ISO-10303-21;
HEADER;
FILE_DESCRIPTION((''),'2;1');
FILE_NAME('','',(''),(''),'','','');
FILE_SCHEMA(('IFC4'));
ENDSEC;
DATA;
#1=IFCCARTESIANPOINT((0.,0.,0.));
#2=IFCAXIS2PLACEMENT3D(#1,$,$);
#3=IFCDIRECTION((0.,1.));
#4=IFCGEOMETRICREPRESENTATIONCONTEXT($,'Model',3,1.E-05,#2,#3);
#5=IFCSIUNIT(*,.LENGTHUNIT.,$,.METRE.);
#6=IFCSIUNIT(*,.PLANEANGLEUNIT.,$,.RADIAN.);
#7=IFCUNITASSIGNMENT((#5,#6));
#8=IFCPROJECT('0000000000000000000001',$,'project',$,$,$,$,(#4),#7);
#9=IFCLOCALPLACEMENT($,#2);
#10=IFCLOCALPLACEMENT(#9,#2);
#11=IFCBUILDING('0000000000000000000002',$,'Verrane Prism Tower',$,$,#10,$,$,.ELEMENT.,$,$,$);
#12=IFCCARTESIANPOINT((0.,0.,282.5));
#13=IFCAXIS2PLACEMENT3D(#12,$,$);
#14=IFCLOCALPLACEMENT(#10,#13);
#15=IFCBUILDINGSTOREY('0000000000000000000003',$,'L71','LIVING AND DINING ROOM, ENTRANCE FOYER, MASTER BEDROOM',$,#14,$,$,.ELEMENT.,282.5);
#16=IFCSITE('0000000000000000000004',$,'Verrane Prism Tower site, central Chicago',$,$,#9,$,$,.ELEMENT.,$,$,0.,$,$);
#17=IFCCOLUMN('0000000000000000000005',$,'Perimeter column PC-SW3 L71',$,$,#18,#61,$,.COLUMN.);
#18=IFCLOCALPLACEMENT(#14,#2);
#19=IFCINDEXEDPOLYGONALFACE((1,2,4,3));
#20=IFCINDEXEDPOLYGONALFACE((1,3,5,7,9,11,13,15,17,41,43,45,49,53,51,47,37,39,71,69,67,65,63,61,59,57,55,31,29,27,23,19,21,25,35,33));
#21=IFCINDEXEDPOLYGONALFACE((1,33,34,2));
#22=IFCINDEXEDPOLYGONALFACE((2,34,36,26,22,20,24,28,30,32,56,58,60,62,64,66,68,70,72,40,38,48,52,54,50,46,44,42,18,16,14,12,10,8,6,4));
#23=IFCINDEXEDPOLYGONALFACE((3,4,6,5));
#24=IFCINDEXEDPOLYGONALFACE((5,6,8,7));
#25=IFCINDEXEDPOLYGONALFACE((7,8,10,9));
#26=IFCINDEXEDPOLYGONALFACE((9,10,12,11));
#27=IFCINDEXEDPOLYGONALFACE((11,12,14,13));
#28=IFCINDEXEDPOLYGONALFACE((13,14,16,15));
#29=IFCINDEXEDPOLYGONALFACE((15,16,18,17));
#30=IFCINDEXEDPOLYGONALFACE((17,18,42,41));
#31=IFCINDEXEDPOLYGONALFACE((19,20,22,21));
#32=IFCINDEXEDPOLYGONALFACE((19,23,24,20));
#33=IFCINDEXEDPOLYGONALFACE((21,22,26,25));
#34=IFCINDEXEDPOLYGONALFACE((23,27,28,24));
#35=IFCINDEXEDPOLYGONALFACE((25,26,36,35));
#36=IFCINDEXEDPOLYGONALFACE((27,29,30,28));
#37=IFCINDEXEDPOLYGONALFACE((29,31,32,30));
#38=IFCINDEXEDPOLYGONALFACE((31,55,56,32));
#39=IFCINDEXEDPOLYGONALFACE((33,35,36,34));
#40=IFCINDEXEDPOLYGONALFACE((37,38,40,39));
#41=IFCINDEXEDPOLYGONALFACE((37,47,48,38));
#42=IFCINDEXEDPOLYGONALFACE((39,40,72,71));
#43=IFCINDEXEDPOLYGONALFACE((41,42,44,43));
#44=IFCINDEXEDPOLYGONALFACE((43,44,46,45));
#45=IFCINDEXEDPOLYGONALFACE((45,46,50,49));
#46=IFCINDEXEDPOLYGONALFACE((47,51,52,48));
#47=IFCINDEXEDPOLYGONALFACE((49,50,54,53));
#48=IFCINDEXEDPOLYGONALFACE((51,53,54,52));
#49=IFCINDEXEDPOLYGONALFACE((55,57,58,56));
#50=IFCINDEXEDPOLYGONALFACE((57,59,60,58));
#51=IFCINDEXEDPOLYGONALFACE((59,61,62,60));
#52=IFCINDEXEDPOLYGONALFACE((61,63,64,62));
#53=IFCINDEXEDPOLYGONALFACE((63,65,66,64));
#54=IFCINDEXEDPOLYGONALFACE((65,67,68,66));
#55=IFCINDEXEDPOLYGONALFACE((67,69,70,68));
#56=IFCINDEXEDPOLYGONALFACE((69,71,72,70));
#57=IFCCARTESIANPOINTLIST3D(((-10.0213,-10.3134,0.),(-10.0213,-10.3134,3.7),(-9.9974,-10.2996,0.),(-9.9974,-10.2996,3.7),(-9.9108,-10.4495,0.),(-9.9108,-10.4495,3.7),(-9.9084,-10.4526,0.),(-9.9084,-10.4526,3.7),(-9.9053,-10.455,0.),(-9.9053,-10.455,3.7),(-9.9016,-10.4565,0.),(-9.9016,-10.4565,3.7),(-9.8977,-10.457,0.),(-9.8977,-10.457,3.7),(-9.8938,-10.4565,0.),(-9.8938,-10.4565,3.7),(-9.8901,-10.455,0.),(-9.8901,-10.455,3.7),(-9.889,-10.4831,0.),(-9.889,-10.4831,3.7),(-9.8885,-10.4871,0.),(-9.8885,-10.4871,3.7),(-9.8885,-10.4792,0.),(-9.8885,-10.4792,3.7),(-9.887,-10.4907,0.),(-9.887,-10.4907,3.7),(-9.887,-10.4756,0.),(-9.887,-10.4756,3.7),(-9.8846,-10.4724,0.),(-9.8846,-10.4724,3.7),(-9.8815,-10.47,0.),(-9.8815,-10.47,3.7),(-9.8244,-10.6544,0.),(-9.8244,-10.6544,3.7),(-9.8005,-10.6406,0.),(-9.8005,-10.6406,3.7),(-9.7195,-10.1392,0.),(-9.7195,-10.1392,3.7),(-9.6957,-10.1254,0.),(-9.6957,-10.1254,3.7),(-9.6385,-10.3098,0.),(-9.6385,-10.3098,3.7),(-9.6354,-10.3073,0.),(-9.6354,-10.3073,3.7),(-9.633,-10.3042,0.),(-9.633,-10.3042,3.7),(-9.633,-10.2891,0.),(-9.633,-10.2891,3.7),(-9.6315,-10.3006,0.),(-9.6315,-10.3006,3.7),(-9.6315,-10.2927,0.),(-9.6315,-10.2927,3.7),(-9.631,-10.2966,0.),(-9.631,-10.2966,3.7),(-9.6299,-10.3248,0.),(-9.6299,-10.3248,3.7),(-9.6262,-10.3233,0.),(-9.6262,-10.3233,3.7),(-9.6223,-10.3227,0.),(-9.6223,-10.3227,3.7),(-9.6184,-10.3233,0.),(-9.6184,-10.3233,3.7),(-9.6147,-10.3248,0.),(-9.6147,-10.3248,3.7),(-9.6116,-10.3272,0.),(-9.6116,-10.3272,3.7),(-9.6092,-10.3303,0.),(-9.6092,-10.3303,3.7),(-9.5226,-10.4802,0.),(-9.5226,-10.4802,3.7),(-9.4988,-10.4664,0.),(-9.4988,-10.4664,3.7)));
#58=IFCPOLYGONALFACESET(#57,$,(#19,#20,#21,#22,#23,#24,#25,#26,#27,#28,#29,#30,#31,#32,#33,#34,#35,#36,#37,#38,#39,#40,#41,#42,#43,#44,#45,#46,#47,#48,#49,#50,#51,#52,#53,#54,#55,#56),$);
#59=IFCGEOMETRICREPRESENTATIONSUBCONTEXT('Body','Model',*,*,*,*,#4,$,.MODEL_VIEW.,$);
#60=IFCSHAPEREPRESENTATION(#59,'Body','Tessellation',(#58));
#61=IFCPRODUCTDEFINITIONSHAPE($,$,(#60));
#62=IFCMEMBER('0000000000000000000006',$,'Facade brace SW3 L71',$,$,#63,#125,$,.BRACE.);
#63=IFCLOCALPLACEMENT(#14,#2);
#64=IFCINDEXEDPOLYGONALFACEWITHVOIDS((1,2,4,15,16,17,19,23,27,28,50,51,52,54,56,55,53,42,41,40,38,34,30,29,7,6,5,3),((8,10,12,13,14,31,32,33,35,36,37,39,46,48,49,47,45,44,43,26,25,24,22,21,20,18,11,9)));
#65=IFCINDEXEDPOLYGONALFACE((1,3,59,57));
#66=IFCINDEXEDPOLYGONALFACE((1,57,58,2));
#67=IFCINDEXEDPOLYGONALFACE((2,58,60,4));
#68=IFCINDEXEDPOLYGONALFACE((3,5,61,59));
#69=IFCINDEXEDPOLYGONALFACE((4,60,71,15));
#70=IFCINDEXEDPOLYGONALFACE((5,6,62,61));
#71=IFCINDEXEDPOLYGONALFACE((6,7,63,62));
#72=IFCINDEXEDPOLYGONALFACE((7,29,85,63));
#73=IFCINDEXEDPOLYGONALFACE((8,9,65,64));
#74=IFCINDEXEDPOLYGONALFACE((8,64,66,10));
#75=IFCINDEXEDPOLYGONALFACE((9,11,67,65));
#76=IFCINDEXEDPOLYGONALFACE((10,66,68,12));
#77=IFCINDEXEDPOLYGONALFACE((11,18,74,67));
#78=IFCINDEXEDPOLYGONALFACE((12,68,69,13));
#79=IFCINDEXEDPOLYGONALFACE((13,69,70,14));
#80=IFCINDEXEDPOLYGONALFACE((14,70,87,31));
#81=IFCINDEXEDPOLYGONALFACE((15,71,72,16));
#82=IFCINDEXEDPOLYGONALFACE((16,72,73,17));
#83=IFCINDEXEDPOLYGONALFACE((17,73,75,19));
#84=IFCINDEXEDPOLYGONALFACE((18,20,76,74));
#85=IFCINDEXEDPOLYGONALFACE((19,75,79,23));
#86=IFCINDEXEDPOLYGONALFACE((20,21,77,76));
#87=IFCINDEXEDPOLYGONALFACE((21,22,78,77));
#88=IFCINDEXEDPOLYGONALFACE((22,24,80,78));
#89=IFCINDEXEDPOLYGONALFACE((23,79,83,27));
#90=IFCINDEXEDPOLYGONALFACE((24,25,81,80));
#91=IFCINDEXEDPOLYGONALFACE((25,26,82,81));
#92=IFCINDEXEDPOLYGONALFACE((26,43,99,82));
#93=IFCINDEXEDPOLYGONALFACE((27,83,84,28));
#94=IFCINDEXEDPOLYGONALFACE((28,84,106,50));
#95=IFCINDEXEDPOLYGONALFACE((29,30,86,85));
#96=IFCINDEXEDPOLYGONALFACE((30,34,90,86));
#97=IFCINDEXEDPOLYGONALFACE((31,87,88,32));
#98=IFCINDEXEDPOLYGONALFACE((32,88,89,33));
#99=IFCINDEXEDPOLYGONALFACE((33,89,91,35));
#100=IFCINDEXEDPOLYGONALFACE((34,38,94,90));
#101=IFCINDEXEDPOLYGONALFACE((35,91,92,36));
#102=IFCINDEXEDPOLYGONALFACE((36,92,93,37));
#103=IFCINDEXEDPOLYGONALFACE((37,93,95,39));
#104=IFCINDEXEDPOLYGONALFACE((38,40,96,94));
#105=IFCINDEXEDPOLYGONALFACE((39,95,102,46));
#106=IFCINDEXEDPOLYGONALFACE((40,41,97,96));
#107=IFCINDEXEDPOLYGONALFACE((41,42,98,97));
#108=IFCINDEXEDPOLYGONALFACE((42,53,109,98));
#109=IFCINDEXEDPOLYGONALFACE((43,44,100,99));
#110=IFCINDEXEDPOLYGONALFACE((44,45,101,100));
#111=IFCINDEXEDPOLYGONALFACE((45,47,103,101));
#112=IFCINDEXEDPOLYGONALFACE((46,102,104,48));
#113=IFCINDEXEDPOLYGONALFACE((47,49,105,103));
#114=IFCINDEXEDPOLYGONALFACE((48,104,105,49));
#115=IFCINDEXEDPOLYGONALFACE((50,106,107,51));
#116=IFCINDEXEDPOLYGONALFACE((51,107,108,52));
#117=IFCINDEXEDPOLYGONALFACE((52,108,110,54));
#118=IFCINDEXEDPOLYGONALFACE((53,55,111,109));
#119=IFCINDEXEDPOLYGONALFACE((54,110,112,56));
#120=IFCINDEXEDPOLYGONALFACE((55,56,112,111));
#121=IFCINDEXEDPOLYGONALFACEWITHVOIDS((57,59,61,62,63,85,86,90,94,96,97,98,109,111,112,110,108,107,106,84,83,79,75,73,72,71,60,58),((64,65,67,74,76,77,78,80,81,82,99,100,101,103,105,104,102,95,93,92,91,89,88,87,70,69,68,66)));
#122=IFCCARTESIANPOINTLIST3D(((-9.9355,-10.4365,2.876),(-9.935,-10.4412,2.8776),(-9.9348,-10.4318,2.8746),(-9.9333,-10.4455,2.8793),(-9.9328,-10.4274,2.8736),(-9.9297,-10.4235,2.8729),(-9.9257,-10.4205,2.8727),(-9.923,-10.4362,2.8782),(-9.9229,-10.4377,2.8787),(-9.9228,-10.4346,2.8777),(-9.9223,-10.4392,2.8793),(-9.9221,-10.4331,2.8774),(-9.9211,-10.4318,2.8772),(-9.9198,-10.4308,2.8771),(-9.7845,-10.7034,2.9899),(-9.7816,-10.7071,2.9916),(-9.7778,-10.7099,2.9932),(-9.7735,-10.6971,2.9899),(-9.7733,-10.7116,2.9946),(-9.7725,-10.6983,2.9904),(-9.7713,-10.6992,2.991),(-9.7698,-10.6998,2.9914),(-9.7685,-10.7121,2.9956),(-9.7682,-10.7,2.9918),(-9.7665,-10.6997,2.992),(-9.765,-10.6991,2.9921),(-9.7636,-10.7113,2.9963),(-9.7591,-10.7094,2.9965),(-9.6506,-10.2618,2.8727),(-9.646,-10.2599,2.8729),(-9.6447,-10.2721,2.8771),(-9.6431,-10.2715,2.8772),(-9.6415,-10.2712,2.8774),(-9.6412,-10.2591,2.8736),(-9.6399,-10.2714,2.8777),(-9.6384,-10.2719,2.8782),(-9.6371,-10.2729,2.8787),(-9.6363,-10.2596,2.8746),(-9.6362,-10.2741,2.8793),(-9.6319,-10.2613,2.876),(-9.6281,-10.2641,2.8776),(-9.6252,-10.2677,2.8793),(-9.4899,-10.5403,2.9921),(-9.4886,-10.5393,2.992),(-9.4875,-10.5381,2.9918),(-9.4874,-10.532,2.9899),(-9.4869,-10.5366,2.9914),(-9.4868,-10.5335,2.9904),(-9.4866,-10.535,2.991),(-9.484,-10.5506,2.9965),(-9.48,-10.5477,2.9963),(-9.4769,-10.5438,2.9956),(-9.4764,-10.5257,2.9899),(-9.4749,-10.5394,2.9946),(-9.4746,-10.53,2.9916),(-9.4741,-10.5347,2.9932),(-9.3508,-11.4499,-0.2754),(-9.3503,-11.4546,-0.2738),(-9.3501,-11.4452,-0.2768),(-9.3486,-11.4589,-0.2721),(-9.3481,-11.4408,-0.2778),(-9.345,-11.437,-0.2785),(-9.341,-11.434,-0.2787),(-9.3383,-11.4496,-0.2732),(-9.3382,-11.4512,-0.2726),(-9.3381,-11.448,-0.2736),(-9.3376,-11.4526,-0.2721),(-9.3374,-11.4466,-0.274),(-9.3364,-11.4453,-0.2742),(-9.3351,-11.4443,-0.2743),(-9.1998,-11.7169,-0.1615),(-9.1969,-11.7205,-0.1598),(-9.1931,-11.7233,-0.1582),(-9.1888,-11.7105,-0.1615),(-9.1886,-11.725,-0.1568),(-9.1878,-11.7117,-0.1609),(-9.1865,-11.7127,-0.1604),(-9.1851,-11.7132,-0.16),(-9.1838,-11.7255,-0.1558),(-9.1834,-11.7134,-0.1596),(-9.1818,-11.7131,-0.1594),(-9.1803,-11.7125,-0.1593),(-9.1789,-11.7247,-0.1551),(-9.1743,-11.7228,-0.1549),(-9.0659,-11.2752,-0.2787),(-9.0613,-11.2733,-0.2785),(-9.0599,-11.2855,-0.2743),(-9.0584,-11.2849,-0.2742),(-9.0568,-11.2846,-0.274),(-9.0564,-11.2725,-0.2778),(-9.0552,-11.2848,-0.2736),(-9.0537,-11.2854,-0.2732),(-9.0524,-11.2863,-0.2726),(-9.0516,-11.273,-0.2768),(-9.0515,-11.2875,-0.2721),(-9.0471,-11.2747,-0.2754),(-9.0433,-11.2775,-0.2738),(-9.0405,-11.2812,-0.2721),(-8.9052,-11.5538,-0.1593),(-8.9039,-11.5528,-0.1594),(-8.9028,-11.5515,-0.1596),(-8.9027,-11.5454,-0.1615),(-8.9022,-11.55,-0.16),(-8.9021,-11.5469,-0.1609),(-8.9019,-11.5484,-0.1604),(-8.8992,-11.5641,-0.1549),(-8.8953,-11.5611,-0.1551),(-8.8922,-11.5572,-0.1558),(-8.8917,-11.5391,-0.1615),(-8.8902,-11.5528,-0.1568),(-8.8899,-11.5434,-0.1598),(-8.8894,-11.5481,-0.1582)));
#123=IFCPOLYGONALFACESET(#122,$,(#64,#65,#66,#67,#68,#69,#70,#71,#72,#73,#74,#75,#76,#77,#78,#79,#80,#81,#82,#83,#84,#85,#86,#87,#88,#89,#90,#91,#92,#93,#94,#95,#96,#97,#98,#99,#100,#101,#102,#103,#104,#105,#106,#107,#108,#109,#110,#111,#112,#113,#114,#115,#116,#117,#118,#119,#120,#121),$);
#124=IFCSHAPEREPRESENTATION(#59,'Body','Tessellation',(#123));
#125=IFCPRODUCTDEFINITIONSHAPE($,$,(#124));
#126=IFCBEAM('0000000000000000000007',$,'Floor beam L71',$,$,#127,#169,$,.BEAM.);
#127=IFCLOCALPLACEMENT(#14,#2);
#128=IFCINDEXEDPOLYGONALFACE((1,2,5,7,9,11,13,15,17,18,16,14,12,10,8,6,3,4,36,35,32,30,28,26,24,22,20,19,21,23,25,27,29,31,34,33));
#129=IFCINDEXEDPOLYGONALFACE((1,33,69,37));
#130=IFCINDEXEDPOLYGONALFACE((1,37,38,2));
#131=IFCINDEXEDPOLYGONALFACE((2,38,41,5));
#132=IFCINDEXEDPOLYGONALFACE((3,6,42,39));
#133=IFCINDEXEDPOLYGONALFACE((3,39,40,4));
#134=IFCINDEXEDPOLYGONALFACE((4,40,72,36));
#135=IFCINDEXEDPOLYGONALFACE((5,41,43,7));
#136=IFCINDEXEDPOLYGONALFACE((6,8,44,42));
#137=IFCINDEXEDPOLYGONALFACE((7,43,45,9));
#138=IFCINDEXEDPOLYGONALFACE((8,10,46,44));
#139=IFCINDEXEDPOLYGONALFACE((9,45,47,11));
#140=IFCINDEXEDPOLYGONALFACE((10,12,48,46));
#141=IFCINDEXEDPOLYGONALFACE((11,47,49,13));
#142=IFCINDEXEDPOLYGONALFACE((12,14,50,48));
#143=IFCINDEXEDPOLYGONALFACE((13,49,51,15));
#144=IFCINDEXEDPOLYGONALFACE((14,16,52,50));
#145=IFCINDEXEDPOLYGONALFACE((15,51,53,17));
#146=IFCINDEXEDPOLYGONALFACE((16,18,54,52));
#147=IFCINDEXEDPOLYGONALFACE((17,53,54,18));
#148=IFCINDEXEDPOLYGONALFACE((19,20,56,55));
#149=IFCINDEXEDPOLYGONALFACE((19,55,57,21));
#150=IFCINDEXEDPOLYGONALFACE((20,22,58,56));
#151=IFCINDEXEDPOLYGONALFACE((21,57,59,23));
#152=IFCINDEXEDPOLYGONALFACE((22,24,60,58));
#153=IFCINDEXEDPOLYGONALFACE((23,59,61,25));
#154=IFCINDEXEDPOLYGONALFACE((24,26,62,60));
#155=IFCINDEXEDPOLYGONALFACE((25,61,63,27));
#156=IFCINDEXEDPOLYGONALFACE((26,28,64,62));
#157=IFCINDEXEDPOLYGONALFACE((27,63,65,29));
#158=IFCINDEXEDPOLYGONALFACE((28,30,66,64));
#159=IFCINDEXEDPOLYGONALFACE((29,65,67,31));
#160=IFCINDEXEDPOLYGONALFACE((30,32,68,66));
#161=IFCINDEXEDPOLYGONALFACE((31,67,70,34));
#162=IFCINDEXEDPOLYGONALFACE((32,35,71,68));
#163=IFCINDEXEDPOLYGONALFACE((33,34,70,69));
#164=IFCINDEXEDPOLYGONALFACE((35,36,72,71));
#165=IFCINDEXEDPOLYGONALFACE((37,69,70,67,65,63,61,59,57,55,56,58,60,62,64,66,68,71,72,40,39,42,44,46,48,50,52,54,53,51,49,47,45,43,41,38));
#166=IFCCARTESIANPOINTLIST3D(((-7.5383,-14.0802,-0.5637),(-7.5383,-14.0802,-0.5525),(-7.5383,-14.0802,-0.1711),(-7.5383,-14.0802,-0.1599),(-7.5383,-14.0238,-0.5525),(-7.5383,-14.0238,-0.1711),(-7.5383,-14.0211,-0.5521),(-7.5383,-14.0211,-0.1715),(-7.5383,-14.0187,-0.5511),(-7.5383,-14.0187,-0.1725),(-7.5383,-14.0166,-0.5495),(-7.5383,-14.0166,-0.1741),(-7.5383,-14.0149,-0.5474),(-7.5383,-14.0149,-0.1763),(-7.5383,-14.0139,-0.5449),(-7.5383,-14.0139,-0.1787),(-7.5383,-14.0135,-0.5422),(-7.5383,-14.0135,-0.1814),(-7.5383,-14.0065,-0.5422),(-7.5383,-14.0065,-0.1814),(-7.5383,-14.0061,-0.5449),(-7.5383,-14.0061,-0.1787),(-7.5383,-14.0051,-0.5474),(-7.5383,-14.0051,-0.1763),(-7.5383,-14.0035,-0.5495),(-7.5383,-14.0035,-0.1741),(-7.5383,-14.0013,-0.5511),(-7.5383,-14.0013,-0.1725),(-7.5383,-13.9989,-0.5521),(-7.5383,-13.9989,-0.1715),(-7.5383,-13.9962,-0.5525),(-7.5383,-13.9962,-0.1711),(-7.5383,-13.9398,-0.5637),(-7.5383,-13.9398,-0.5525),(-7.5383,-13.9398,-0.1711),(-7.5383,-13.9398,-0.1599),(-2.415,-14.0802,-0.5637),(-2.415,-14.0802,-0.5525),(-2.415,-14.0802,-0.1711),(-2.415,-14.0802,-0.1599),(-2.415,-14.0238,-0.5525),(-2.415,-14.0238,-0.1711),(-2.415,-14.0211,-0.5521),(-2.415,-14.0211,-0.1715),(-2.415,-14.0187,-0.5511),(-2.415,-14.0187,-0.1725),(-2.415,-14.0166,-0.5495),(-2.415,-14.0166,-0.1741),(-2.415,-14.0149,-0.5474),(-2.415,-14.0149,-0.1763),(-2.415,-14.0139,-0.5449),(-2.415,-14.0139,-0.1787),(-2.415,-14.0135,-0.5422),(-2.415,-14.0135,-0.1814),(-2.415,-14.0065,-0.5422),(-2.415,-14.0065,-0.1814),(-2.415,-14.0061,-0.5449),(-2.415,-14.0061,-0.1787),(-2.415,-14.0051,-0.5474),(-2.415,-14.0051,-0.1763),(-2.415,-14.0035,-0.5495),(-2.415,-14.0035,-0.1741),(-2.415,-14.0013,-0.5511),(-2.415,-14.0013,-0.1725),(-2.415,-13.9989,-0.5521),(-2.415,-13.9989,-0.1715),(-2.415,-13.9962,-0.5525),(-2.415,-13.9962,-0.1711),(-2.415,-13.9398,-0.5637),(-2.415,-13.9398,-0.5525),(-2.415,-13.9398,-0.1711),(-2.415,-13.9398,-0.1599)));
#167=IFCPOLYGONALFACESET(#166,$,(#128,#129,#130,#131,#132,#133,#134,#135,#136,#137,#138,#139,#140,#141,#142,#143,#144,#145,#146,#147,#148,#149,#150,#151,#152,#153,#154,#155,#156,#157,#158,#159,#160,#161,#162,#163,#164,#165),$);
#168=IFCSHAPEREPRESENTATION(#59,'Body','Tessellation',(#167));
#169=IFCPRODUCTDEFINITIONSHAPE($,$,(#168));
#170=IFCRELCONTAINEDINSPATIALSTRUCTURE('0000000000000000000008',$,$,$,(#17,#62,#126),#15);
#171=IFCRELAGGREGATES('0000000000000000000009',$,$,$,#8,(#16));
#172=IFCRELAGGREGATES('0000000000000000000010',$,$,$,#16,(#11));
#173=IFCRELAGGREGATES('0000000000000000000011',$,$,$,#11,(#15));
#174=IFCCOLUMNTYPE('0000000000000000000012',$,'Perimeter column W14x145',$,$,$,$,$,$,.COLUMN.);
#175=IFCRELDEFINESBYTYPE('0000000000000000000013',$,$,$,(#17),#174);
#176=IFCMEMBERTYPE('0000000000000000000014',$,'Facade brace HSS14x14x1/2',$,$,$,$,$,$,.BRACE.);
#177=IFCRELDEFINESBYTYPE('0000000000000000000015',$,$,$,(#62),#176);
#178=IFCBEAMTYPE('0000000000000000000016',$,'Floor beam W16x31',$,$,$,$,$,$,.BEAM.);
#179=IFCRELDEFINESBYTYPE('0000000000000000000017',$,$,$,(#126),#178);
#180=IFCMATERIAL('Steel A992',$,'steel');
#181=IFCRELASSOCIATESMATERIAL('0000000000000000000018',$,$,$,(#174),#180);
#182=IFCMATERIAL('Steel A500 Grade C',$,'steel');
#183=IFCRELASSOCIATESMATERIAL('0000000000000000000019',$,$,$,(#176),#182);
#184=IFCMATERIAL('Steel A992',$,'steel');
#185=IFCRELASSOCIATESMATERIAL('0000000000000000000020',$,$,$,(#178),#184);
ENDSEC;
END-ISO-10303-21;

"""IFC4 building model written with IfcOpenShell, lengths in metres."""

from ifc_helpers import new_model, si_unit, direction, frame, origin, origin_2d, place, context, subcontext, project, spatial, hollow_rectangle, i_section, extrude, material, material_profile, profile_set, type_object, element, save


model = new_model("IFC4")

# Units and contexts
model_context = context("Model", 3, precision=1e-05, world=origin(), true_north=direction((0.0, 1.0)))
body_context = subcontext(model_context, "Body", "Model", "MODEL_VIEW")
ifc_project = project(units=[si_unit("LENGTHUNIT", "METRE"), si_unit("PLANEANGLEUNIT", "RADIAN")], contexts=[model_context])

# Site, building, storey
site_placement = place(None, origin())
site = spatial("IfcSite", under=ifc_project, at=site_placement, Name="Verrane Prism Tower site, central Chicago", CompositionType="ELEMENT", RefElevation=0.0)
building_placement = place(site_placement, origin())
building = spatial("IfcBuilding", under=site, at=building_placement, Name="Verrane Prism Tower", CompositionType="ELEMENT")
storey_placement = place(building_placement, frame((0.0, 0.0, 282.5)))
storey = spatial("IfcBuildingStorey", under=building, at=storey_placement, Name="L71", Description="LIVING AND DINING ROOM, ENTRANCE FOYER, MASTER BEDROOM", CompositionType="ELEMENT", Elevation=282.5)

# Column
ifc_material_1 = material(Name="Steel A992", Category="steel")
ifc_material_profile_1 = material_profile(ifc_material_1, i_section(OverallWidth=0.3938, OverallDepth=0.376, WebThickness=0.0173, FlangeThickness=0.0276, FilletRadius=0.0151, at=origin_2d()), Name="W14x145")
ifc_profile_set_1 = profile_set([ifc_material_profile_1], Name="Steel A992")
column_type = type_object("IfcColumnType", Name="Perimeter column W14x145", PredefinedType="COLUMN", material=ifc_profile_set_1)
column_placement = place(storey_placement, frame((-9.76, -10.3899, 0.0), z_axis=(0.0, 0.0, 1.0), x_axis=(-0.5, 0.866025, 0.0)))
element("IfcColumn", 1, at=column_placement, inside=storey, type_object=column_type, Name="Perimeter column PC-SW3 L71", PredefinedType="COLUMN", context=body_context, shape_type="SweptSolid", body=[
    extrude(i_section(OverallWidth=0.3938, OverallDepth=0.376, WebThickness=0.0173, FlangeThickness=0.0276, FilletRadius=0.0151, at=origin_2d()), origin(), (0.0, 0.0, 1.0), 3.7),
])

# Member
ifc_material_2 = material(Name="Steel A500 Grade C", Category="steel")
ifc_material_profile_2 = material_profile(ifc_material_2, hollow_rectangle(XDim=0.3557, YDim=0.3557, WallThickness=0.0127, InnerFilletRadius=0.0063, OuterFilletRadius=0.019, at=origin_2d()), Name="HSS14x14x1/2")
ifc_profile_set_2 = profile_set([ifc_material_profile_2], Name="Steel A500 Grade C")
member_type_1 = type_object("IfcMemberType", Name="Facade brace HSS14x14x1/2", PredefinedType="BRACE", material=ifc_profile_set_2)
member_1_placement = place(storey_placement, frame((-9.1201, -11.499, -0.2168), z_axis=(-0.173942, 0.301476, 0.937473), x_axis=(-0.866168, -0.499753, 0.0)))
element("IfcMember", 2, at=member_1_placement, inside=storey, type_object=member_type_1, Name="Facade brace SW3 L71", PredefinedType="BRACE", context=body_context, shape_type="SweptSolid", body=[
    extrude(hollow_rectangle(XDim=0.3557, YDim=0.3557, WallThickness=0.0127, InnerFilletRadius=0.0063, OuterFilletRadius=0.019, at=origin_2d()), origin(), (0.0, 0.0, 1.0), 3.3616),
])

# Beam
ifc_material_3 = material(Name="Steel A992", Category="steel")
ifc_material_profile_3 = material_profile(ifc_material_3, i_section(OverallWidth=0.1404, OverallDepth=0.4038, WebThickness=0.0071, FlangeThickness=0.0112, FilletRadius=0.0103, at=origin_2d()), Name="W16x31")
ifc_profile_set_3 = profile_set([ifc_material_profile_3], Name="Steel A992")
beam_type_1 = type_object("IfcBeamType", Name="Floor beam W16x31", PredefinedType="BEAM", material=ifc_profile_set_3)
beam_1_placement = place(storey_placement, frame((-7.5383, -14.01, -0.3618), z_axis=(1.0, 0.0, 0.0), x_axis=(0.0, 1.0, 0.0)))
element("IfcBeam", 3, at=beam_1_placement, inside=storey, type_object=beam_type_1, Name="Floor beam L71", PredefinedType="BEAM", context=body_context, shape_type="SweptSolid", body=[
    extrude(i_section(OverallWidth=0.1404, OverallDepth=0.4038, WebThickness=0.0071, FlangeThickness=0.0112, FilletRadius=0.0103, at=origin_2d()), origin(), (0.0, 0.0, 1.0), 5.1233),
])

save(model, "model.ifc")
